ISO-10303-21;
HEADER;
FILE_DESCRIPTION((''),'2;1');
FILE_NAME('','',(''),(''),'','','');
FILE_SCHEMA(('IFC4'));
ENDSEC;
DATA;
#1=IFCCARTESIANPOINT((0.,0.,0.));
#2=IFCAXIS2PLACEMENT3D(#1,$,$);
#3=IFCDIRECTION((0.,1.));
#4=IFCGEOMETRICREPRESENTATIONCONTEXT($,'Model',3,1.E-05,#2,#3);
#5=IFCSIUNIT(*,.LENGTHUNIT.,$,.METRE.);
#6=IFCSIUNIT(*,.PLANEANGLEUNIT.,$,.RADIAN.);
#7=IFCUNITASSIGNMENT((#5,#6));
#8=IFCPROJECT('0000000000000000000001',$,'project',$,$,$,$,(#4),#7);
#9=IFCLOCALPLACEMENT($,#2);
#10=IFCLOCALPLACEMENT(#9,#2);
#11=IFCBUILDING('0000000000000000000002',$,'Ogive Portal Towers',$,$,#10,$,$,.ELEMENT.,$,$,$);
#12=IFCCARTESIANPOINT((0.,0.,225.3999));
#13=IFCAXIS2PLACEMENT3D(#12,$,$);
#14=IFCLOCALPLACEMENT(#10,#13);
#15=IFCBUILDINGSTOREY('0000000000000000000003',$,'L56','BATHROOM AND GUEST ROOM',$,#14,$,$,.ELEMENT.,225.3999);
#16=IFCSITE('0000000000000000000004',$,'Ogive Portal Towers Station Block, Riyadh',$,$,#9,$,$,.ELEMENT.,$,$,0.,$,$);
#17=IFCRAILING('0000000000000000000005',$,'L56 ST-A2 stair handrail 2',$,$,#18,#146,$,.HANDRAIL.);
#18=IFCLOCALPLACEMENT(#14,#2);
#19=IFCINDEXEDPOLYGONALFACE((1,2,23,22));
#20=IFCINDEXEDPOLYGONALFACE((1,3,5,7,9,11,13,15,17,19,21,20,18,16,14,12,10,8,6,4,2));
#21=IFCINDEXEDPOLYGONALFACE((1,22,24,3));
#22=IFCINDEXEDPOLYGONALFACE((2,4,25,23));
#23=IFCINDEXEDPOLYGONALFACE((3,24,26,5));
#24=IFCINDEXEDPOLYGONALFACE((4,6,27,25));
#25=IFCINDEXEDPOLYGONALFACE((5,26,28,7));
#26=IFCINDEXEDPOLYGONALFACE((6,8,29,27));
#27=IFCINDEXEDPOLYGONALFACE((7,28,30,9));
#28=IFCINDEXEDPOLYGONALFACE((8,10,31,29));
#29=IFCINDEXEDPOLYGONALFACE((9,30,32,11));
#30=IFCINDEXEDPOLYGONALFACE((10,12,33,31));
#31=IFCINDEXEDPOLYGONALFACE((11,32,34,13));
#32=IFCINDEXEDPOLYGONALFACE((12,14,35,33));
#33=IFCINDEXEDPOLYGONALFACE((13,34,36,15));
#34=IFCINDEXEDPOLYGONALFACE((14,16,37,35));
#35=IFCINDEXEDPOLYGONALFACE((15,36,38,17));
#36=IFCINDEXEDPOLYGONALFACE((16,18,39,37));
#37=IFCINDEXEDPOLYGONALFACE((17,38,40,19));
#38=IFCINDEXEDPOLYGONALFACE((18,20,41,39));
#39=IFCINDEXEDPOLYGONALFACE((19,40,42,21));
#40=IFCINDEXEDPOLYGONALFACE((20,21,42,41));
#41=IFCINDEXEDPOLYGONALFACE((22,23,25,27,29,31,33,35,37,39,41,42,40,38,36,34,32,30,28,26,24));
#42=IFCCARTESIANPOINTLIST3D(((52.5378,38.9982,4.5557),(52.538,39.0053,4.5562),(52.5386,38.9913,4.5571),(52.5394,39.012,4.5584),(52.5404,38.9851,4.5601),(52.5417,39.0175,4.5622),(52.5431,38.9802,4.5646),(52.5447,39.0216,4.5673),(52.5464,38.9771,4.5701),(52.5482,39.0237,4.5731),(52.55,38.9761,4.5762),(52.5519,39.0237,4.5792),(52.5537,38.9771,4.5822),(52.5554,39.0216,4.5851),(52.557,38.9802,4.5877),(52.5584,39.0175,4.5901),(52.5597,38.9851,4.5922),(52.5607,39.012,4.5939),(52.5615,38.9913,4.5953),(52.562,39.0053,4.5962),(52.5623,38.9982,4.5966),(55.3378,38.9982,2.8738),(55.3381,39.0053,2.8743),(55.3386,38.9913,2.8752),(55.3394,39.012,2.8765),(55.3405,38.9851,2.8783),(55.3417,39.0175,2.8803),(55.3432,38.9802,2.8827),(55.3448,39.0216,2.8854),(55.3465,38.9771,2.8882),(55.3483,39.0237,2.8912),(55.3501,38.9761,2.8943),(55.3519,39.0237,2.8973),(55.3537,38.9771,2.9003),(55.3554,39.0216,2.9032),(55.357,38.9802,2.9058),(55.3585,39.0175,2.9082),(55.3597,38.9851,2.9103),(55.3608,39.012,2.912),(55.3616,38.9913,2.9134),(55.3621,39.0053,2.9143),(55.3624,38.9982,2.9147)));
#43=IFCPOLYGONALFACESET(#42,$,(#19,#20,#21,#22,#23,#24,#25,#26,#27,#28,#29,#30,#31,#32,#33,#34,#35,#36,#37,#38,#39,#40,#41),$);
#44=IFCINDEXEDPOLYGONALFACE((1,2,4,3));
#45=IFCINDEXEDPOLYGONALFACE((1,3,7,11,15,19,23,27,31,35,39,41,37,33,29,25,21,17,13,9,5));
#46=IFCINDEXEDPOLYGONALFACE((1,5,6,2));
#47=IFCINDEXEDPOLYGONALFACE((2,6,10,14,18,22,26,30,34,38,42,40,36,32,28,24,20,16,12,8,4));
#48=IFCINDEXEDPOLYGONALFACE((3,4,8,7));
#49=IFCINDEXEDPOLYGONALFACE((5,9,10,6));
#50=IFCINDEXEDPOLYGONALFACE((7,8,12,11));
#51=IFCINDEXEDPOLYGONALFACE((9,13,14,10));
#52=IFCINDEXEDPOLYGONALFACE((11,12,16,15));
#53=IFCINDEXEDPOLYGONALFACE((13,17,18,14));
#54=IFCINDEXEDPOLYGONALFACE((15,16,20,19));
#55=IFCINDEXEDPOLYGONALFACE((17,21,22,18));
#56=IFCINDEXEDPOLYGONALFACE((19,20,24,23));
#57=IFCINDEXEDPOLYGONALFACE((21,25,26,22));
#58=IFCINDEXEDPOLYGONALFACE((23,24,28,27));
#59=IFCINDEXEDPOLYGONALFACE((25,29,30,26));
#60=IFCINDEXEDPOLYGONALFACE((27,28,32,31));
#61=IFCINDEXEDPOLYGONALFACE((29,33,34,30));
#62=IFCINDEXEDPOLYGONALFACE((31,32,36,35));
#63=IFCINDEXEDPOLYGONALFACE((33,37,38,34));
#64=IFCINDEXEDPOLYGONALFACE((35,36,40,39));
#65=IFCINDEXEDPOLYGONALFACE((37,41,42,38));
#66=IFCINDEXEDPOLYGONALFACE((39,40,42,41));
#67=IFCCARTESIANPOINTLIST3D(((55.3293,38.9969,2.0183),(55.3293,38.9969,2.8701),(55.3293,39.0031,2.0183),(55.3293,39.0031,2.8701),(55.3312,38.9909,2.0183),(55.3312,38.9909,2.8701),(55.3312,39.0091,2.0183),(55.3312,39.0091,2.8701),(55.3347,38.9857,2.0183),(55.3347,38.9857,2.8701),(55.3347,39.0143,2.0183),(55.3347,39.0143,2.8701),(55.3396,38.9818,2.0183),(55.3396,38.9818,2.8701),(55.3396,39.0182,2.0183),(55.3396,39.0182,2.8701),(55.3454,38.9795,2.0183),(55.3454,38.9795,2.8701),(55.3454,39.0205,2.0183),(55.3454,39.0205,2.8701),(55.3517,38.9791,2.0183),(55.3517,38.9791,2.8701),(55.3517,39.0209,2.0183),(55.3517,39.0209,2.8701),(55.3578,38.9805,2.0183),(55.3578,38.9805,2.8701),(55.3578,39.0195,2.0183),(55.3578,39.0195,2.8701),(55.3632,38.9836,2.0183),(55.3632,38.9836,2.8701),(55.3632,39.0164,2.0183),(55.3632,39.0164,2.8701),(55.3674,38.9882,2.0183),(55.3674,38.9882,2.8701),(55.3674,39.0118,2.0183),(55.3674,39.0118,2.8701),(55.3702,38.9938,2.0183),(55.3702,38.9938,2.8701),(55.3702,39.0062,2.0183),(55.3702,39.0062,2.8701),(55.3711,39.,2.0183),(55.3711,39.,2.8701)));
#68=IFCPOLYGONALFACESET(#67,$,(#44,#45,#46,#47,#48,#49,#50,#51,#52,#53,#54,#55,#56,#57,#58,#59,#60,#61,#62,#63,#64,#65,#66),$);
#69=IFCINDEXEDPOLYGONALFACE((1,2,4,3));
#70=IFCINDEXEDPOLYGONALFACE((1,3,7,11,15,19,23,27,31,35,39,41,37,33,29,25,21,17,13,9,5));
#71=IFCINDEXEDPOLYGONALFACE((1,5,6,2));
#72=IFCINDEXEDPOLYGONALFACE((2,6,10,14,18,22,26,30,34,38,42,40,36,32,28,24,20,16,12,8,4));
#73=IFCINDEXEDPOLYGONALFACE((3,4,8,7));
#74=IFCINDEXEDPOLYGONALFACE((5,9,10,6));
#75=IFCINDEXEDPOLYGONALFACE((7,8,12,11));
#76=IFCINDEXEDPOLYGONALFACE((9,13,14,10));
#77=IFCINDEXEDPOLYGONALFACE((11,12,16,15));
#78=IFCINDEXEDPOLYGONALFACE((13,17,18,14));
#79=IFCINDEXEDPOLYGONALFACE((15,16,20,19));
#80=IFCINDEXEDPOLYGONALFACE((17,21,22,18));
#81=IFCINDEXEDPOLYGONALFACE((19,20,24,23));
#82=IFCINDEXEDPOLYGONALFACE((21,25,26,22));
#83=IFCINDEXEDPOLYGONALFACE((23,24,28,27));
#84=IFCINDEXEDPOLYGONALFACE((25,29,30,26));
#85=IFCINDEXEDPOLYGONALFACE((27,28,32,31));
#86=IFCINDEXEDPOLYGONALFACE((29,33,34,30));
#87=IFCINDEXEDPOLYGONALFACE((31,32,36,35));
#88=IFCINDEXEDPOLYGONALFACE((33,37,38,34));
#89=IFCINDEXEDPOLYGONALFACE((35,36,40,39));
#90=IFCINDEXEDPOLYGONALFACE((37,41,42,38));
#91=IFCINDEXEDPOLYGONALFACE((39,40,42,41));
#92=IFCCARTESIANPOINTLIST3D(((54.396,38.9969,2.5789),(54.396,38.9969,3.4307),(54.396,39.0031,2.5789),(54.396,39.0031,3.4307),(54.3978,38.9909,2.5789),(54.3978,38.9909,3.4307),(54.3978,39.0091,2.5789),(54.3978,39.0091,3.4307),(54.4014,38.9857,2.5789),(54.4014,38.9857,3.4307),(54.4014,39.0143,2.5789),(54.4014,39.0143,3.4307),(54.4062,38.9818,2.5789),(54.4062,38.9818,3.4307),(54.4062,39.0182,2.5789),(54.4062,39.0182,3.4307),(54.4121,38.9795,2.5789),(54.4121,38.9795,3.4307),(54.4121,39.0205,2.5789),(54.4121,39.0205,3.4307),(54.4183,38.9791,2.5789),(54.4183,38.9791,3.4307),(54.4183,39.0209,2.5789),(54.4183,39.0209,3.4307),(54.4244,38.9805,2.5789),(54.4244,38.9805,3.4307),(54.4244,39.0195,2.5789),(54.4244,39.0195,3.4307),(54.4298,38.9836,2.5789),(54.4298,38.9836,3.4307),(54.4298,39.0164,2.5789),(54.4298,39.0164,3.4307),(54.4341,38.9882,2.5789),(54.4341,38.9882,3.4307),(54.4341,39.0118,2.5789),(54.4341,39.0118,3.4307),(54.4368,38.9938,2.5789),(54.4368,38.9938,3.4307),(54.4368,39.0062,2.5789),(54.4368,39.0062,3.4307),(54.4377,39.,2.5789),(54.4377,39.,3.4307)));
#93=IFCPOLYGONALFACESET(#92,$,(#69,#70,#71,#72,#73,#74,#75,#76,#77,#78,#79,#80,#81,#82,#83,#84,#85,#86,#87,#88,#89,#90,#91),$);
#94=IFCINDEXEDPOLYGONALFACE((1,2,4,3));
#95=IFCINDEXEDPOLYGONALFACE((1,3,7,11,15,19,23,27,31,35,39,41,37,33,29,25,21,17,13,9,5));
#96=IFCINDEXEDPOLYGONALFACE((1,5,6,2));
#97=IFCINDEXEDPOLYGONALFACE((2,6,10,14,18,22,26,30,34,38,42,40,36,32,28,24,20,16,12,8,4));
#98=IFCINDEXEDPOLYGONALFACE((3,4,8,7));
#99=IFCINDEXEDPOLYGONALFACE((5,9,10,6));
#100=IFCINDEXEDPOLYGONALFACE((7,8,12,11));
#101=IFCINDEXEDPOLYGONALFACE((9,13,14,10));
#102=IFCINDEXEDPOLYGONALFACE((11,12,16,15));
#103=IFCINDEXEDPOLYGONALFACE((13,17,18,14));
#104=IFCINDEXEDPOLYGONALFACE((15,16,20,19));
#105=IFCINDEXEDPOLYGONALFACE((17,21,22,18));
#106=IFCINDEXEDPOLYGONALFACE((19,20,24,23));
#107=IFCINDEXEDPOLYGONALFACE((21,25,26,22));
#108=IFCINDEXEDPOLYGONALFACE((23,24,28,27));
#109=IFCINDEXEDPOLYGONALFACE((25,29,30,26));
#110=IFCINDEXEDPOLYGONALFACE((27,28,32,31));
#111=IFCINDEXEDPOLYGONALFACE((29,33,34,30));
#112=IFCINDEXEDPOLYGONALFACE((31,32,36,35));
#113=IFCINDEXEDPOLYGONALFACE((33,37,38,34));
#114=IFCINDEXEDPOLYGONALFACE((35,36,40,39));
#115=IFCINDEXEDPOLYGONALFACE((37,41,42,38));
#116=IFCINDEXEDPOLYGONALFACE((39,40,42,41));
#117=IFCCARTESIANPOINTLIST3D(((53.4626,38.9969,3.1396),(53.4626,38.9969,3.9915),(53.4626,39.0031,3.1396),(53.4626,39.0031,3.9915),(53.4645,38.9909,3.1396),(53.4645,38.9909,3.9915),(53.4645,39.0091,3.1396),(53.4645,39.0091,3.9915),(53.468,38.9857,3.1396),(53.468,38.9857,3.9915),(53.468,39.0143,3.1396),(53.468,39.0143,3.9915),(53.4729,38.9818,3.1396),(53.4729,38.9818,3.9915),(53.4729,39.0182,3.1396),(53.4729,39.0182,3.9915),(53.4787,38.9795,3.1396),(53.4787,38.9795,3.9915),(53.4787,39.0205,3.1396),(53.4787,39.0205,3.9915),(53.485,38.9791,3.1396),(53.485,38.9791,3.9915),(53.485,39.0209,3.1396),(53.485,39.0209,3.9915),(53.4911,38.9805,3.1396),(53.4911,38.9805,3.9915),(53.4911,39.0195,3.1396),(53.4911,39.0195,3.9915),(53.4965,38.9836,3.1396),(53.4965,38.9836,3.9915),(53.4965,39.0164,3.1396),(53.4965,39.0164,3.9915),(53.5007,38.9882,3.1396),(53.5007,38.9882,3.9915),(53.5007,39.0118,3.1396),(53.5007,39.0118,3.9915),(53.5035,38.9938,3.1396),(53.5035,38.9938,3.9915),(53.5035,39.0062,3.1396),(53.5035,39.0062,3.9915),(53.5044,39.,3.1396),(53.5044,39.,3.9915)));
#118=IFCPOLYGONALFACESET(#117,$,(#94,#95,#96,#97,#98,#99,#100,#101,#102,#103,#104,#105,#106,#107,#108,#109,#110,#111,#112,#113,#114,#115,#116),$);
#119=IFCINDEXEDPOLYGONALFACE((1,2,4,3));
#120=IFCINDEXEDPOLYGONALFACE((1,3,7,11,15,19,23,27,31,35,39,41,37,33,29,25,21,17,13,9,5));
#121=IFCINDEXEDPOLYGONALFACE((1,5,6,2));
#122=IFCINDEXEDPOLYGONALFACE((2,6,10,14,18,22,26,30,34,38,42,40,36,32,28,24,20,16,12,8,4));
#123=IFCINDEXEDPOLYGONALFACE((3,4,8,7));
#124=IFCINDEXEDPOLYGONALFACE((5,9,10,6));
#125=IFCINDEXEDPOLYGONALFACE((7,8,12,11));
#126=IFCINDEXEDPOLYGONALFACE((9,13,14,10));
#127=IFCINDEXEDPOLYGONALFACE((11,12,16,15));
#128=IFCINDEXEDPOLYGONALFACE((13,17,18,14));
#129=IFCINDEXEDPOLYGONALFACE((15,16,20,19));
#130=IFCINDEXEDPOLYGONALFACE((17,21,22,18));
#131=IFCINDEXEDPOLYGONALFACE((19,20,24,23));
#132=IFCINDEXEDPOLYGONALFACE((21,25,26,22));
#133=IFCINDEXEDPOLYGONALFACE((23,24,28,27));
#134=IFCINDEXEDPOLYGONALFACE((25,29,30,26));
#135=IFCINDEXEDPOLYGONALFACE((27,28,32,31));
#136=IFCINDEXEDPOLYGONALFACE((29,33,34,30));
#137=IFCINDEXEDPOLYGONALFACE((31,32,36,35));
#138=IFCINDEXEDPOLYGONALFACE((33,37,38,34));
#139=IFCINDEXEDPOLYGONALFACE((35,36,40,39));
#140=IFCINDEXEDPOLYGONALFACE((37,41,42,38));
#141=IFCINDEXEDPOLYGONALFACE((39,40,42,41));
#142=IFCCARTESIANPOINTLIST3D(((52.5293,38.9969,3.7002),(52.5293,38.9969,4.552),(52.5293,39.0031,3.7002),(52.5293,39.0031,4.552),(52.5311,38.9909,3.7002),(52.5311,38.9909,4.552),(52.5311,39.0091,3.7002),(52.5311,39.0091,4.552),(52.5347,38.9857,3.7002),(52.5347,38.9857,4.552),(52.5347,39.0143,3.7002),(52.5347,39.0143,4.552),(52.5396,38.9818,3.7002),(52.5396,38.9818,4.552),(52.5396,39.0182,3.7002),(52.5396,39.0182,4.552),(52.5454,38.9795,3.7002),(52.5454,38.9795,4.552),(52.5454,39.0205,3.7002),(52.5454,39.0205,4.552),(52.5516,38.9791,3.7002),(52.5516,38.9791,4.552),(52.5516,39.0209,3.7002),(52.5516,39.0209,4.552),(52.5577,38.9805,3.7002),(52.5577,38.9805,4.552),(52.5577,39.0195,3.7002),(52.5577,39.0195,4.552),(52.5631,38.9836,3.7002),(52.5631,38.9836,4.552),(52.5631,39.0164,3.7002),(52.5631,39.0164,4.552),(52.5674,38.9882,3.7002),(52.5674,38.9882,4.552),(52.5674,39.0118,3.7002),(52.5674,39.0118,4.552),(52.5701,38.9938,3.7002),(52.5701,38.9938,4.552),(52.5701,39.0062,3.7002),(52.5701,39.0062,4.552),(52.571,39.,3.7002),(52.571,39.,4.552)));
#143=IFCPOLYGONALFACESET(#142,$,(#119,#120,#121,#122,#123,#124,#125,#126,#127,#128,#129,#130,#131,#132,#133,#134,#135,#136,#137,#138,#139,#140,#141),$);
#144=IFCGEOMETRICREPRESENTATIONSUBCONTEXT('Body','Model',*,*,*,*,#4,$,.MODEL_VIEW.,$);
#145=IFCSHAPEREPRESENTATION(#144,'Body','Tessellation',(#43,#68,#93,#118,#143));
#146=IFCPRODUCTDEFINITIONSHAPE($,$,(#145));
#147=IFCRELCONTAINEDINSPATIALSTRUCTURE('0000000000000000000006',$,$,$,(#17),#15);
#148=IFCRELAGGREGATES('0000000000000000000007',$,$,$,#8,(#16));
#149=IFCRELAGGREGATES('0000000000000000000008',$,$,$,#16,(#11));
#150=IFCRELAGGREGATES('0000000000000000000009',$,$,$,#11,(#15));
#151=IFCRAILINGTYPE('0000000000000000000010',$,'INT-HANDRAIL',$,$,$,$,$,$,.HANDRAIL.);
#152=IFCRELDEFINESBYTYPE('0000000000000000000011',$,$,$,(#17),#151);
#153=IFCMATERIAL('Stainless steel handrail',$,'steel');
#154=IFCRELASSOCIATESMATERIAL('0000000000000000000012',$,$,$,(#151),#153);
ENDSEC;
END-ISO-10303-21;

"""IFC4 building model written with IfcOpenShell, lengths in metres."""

from ifc_helpers import new_model, si_unit, direction, frame, origin, origin_2d, place, context, subcontext, project, spatial, circle, extrude, material, type_object, element, save


model = new_model("IFC4")

# Units and contexts
model_context = context("Model", 3, precision=1e-05, world=origin(), true_north=direction((0.0, 1.0)))
body_context = subcontext(model_context, "Body", "Model", "MODEL_VIEW")
ifc_project = project(units=[si_unit("LENGTHUNIT", "METRE"), si_unit("PLANEANGLEUNIT", "RADIAN")], contexts=[model_context])

# Site, building, storey
site_placement = place(None, origin())
site = spatial("IfcSite", under=ifc_project, at=site_placement, Name="Ogive Portal Towers Station Block, Riyadh", CompositionType="ELEMENT", RefElevation=0.0)
building_placement = place(site_placement, origin())
building = spatial("IfcBuilding", under=site, at=building_placement, Name="Ogive Portal Towers", CompositionType="ELEMENT")
storey_placement = place(building_placement, frame((0.0, 0.0, 225.3999)))
storey = spatial("IfcBuildingStorey", under=building, at=storey_placement, Name="L56", Description="BATHROOM AND GUEST ROOM", CompositionType="ELEMENT", Elevation=225.3999)

# Railing
ifc_material_1 = material(Name="Stainless steel handrail", Category="steel")
railing_type = type_object("IfcRailingType", Name="INT-HANDRAIL", PredefinedType="HANDRAIL", material=ifc_material_1)
railing_placement = place(storey_placement, frame((55.3501, 39.0, 2.0183)))
element("IfcRailing", 1, at=railing_placement, inside=storey, type_object=railing_type, Name="L56 ST-A2 stair handrail 2", PredefinedType="HANDRAIL", context=body_context, shape_type="SweptSolid", body=[
    extrude(circle(Radius=0.0239, at=origin_2d()), frame((0.0, 0.0, 0.876), z_axis=(-0.857242, 0.0, 0.514913), x_axis=(0.0, -1.0, 0.0)), (0.0, 0.0, 1.0), 3.2664),
    extrude(circle(Radius=0.021, at=origin_2d()), origin(), (0.0, 0.0, 1.0), 0.8518),
    extrude(circle(Radius=0.021, at=origin_2d()), frame((-0.9333, 0.0, 0.5605)), (0.0, 0.0, 1.0), 0.8518),
    extrude(circle(Radius=0.021, at=origin_2d()), frame((-1.8667, 0.0, 1.1213)), (0.0, 0.0, 1.0), 0.8518),
    extrude(circle(Radius=0.021, at=origin_2d()), frame((-2.8, 0.0, 1.6819)), (0.0, 0.0, 1.0), 0.8518),
])

save(model, "model.ifc")
